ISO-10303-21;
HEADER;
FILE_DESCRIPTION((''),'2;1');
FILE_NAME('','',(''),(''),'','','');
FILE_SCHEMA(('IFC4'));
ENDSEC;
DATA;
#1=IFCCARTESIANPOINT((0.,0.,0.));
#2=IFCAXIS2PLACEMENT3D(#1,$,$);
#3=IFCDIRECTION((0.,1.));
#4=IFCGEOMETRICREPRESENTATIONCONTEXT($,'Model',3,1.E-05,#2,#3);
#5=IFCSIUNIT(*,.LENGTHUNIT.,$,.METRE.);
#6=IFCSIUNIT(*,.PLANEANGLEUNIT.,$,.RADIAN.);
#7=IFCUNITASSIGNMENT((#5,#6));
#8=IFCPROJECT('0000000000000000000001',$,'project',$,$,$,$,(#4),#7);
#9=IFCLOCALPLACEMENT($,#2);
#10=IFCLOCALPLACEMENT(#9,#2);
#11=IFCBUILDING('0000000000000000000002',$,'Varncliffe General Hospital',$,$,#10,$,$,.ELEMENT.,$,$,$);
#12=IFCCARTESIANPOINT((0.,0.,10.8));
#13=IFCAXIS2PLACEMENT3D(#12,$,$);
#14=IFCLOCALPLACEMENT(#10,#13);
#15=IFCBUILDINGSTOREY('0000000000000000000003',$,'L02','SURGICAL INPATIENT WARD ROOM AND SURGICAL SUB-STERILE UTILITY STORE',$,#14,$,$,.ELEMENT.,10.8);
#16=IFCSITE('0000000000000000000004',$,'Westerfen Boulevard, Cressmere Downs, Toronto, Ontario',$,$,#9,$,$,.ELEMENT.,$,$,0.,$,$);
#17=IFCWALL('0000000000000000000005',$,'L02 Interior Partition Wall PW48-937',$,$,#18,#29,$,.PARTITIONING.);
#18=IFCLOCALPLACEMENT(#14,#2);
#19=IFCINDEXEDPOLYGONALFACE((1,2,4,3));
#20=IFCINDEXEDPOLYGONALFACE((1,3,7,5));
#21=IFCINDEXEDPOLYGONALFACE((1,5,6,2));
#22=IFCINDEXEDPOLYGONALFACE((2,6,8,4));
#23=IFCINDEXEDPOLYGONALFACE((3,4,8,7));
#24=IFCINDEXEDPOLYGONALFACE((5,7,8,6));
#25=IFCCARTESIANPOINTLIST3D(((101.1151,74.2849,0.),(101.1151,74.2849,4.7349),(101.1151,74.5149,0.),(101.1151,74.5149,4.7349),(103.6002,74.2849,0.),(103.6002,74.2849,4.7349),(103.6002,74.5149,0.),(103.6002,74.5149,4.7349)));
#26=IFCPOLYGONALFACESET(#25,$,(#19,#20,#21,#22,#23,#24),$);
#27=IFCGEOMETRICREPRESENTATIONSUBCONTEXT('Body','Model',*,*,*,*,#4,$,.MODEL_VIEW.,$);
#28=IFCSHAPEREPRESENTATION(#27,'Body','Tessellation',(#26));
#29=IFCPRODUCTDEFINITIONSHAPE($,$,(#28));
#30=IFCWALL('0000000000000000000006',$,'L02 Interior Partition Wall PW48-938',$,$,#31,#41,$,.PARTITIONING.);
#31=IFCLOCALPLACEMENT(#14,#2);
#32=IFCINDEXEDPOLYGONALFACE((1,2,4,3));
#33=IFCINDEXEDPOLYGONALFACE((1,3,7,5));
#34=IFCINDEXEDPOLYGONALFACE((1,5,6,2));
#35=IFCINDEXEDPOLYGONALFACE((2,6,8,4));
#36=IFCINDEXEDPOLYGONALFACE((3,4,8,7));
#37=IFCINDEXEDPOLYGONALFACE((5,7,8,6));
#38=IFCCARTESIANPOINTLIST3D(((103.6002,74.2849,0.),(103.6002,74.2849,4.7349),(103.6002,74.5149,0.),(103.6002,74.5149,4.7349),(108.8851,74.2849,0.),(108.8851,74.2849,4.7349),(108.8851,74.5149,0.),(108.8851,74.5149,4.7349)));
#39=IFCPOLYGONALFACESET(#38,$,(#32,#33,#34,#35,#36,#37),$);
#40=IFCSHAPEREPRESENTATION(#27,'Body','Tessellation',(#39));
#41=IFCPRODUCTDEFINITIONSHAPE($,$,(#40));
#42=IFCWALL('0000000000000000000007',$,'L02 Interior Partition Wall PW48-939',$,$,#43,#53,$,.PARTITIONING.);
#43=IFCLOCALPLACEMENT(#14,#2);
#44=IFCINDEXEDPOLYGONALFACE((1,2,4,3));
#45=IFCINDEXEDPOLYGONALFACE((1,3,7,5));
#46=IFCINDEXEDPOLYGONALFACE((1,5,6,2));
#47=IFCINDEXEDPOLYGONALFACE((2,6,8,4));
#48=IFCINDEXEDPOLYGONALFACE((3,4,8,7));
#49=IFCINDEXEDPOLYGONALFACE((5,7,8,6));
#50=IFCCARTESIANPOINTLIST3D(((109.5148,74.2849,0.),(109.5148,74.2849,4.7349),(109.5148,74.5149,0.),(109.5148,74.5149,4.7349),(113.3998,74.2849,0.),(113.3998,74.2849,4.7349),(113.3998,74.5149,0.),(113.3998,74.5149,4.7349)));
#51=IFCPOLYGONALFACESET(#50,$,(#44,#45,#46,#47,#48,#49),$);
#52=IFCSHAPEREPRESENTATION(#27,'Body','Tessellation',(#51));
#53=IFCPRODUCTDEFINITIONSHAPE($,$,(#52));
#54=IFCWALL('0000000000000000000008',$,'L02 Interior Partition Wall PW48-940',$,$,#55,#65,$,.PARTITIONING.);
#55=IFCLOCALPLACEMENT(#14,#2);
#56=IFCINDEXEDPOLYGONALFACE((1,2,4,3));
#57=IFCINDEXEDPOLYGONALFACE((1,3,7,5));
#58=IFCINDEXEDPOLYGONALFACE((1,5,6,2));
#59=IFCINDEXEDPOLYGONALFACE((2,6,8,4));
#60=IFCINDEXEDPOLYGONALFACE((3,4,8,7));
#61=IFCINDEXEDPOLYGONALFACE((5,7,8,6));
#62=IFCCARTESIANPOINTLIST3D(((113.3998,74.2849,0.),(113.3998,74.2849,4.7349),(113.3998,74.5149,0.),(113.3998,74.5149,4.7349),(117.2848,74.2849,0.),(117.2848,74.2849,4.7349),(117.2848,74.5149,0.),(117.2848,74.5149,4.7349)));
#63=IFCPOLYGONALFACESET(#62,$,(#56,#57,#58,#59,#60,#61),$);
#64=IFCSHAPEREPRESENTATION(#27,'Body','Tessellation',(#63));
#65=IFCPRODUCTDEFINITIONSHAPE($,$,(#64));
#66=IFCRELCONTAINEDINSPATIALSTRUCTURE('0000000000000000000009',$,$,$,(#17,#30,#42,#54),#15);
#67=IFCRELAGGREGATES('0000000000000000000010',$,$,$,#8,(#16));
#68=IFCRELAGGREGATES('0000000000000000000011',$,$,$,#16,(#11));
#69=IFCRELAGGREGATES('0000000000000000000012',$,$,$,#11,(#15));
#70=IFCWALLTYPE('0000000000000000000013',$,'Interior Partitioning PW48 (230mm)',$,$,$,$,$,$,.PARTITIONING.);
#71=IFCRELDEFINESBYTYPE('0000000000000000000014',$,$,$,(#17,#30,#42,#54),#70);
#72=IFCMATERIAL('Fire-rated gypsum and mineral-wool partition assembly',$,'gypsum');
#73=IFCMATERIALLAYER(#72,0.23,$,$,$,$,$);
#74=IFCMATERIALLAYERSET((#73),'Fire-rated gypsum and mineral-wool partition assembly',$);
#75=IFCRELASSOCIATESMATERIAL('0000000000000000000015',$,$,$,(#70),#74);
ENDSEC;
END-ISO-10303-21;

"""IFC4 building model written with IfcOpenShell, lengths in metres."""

from ifc_helpers import new_model, si_unit, direction, frame, frame_2d, origin, place, context, subcontext, project, spatial, rectangle, extrude, material, layer, layer_set, type_object, element, save


model = new_model("IFC4")

# Units and contexts
model_context = context("Model", 3, precision=1e-05, world=origin(), true_north=direction((0.0, 1.0)))
body_context = subcontext(model_context, "Body", "Model", "MODEL_VIEW")
ifc_project = project(units=[si_unit("LENGTHUNIT", "METRE"), si_unit("PLANEANGLEUNIT", "RADIAN")], contexts=[model_context])

# Site, building, storey
site_placement = place(None, origin())
site = spatial("IfcSite", under=ifc_project, at=site_placement, Name="Westerfen Boulevard, Cressmere Downs, Toronto, Ontario", CompositionType="ELEMENT", RefElevation=0.0)
building_placement = place(site_placement, origin())
building = spatial("IfcBuilding", under=site, at=building_placement, Name="Varncliffe General Hospital", CompositionType="ELEMENT")
storey_placement = place(building_placement, frame((0.0, 0.0, 10.8)))
storey = spatial("IfcBuildingStorey", under=building, at=storey_placement, Name="L02", Description="SURGICAL INPATIENT WARD ROOM AND SURGICAL SUB-STERILE UTILITY STORE", CompositionType="ELEMENT", Elevation=10.8)

# Walls
ifc_material_1 = material(Name="Fire-rated gypsum and mineral-wool partition assembly", Category="gypsum")
ifc_layer_1 = layer(ifc_material_1, 0.23)
ifc_layer_set_1 = layer_set([ifc_layer_1], Name="Fire-rated gypsum and mineral-wool partition assembly")
wall_type_1 = type_object("IfcWallType", Name="Interior Partitioning PW48 (230mm)", PredefinedType="PARTITIONING", material=ifc_layer_set_1)
wall_1_placement = place(storey_placement, frame((101.115, 74.3999, 0.0), z_axis=(0.0, 0.0, 1.0), x_axis=(1.0, 0.0, 0.0)))
element("IfcWall", 1, at=wall_1_placement, inside=storey, type_object=wall_type_1, Name="L02 Interior Partition Wall PW48-937", PredefinedType="PARTITIONING", context=body_context, shape_type="SweptSolid", body=[
    extrude(rectangle(XDim=2.4851, YDim=0.23, at=frame_2d((1.2427, 0.0))), origin(), (0.0, 0.0, 1.0), 4.7349),
])
wall_2_placement = place(storey_placement, frame((103.6001, 74.3999, 0.0), z_axis=(0.0, 0.0, 1.0), x_axis=(1.0, 0.0, 0.0)))
element("IfcWall", 2, at=wall_2_placement, inside=storey, type_object=wall_type_1, Name="L02 Interior Partition Wall PW48-938", PredefinedType="PARTITIONING", context=body_context, shape_type="SweptSolid", body=[
    extrude(rectangle(XDim=5.2849, YDim=0.23, at=frame_2d((2.6426, 0.0))), origin(), (0.0, 0.0, 1.0), 4.7349),
])
for number, where, z_axis, x_axis, name in (
    (3, (109.5149, 74.3999, 0.0), (0.0, 0.0, 1.0), (1.0, 0.0, 0.0), "L02 Interior Partition Wall PW48-939"),
    (4, (113.3999, 74.3999, 0.0), (0.0, 0.0, 1.0), (1.0, 0.0, 0.0), "L02 Interior Partition Wall PW48-940"),
):
    element("IfcWall", number, at=place(storey_placement, frame(where, z_axis=z_axis, x_axis=x_axis)), inside=storey, type_object=wall_type_1, Name=name, PredefinedType="PARTITIONING", context=body_context, shape_type="SweptSolid", body=[
        extrude(rectangle(XDim=3.885, YDim=0.23, at=frame_2d((1.9424, 0.0))), origin(), (0.0, 0.0, 1.0), 4.7349),
    ])

save(model, "model.ifc")
